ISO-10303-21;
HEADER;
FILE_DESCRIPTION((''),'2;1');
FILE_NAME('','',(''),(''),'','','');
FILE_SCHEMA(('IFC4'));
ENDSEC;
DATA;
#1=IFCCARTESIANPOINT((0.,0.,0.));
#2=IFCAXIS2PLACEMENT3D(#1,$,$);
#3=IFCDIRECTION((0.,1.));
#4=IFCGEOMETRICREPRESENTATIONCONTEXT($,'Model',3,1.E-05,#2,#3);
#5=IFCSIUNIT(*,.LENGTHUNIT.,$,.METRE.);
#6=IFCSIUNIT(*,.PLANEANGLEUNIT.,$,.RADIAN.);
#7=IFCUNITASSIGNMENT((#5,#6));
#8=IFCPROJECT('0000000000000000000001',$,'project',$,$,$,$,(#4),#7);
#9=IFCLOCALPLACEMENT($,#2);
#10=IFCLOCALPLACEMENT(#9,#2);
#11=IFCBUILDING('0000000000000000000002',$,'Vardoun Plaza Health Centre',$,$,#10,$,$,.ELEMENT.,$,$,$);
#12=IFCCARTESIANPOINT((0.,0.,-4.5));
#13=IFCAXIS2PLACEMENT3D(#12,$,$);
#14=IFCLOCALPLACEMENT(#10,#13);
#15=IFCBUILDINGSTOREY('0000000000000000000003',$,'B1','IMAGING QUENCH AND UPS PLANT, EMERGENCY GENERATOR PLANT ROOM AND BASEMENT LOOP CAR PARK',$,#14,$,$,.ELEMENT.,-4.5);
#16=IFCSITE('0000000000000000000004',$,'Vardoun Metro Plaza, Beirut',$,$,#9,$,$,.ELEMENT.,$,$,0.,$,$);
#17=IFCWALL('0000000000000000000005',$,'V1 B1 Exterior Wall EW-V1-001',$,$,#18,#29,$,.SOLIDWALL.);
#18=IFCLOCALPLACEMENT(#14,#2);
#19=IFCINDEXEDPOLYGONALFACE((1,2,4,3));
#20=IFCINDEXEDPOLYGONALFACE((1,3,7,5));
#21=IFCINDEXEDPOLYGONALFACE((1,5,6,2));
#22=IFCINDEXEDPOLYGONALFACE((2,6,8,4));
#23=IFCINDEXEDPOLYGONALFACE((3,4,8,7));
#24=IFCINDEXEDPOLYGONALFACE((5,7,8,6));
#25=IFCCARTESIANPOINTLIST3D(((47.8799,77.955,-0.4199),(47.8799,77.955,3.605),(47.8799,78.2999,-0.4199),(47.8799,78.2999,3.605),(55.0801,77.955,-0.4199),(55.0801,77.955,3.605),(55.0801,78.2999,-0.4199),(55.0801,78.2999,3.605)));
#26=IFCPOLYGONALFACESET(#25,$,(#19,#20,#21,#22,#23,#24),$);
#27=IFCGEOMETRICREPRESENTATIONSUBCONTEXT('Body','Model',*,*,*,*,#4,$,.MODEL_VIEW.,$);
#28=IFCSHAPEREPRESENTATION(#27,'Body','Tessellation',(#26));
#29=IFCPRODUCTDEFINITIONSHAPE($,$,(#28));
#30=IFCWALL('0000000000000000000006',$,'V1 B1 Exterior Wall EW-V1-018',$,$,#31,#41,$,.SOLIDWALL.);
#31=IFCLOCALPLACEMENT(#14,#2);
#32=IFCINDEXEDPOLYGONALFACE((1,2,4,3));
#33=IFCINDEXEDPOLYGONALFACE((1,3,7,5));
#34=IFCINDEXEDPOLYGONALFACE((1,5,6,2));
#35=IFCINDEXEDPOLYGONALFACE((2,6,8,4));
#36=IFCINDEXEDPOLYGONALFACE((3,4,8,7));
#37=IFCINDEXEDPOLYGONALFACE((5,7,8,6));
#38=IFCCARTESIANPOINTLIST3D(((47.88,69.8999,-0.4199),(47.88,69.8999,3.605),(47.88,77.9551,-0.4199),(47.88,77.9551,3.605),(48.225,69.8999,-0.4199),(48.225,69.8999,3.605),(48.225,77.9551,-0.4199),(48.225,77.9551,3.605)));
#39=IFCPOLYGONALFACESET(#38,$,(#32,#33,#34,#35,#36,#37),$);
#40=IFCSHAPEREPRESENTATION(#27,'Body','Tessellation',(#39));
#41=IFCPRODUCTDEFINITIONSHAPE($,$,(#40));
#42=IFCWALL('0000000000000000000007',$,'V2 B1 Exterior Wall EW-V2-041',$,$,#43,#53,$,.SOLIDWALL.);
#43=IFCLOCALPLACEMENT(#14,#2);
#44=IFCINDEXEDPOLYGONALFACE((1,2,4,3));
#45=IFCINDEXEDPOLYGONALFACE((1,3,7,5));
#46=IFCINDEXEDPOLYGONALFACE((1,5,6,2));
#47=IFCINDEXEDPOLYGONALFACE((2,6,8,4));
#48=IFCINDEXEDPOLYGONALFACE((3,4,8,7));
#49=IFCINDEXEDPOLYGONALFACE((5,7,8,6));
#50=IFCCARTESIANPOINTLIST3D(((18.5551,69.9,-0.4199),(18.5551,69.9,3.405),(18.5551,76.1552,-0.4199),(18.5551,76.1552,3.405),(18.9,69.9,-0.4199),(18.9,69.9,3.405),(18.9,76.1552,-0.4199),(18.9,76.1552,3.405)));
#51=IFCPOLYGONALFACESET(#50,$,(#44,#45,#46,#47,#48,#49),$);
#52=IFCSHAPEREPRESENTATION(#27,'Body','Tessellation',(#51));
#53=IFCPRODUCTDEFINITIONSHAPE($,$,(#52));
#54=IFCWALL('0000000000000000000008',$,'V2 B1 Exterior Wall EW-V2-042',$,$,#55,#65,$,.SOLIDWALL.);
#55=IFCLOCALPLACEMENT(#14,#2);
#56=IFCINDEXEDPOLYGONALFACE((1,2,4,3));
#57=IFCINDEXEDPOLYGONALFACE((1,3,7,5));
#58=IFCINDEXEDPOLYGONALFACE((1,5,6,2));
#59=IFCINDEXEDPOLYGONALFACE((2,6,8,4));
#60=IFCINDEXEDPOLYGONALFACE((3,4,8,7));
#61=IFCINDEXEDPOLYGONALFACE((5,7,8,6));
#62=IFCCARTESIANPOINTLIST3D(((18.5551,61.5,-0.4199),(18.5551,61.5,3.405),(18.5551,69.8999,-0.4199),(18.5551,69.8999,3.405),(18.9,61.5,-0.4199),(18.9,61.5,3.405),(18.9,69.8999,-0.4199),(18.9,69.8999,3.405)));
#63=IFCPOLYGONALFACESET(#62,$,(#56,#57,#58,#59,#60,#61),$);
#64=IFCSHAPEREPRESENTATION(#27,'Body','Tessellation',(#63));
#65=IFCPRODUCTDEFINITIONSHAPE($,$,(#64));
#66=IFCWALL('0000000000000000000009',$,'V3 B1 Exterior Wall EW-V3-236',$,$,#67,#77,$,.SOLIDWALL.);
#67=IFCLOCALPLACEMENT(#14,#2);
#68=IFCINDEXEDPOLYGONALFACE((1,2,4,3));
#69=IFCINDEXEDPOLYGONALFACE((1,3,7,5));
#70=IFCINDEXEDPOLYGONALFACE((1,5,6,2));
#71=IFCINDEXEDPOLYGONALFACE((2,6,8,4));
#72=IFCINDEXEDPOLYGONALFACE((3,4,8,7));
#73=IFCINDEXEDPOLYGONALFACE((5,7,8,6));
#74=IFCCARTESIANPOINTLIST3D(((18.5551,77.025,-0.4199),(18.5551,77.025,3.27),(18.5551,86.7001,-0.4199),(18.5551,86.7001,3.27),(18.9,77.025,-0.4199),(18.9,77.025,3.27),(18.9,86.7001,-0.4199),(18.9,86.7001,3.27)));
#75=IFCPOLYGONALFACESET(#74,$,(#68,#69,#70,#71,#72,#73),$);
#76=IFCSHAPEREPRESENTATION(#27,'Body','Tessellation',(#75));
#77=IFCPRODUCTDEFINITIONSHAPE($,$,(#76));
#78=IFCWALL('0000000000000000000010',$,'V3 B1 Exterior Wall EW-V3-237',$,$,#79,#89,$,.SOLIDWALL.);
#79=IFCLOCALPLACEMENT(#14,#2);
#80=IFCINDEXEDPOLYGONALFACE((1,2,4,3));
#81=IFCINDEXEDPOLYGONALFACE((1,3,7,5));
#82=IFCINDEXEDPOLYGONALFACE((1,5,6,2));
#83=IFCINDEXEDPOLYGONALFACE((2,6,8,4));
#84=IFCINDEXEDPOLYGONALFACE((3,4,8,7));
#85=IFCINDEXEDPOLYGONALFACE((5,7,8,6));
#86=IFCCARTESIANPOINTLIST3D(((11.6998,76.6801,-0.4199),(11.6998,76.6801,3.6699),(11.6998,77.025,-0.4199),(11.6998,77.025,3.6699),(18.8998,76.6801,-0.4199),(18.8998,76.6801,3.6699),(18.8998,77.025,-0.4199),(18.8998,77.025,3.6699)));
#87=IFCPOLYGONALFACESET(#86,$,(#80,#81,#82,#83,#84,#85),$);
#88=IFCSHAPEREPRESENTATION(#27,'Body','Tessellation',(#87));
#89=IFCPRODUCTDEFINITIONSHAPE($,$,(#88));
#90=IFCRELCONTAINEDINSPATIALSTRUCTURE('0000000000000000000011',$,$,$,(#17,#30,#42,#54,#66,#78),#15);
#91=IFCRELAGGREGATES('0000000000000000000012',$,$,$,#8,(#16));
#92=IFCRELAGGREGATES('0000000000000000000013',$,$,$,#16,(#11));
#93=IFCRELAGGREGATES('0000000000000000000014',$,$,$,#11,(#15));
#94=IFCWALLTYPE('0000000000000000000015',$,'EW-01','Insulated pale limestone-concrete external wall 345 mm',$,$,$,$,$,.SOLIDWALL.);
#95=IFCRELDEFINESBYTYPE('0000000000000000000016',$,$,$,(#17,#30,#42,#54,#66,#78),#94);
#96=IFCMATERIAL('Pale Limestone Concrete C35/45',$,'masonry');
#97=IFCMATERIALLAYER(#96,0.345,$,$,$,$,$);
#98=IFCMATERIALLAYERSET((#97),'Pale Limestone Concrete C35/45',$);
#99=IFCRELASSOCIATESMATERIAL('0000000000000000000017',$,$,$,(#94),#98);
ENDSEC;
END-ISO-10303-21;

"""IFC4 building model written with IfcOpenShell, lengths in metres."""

from ifc_helpers import new_model, si_unit, direction, frame, frame_2d, origin, place, context, subcontext, project, spatial, rectangle, extrude, material, layer, layer_set, type_object, element, save


model = new_model("IFC4")

# Units and contexts
model_context = context("Model", 3, precision=1e-05, world=origin(), true_north=direction((0.0, 1.0)))
body_context = subcontext(model_context, "Body", "Model", "MODEL_VIEW")
ifc_project = project(units=[si_unit("LENGTHUNIT", "METRE"), si_unit("PLANEANGLEUNIT", "RADIAN")], contexts=[model_context])

# Site, building, storey
site_placement = place(None, origin())
site = spatial("IfcSite", under=ifc_project, at=site_placement, Name="Vardoun Metro Plaza, Beirut", CompositionType="ELEMENT", RefElevation=0.0)
building_placement = place(site_placement, origin())
building = spatial("IfcBuilding", under=site, at=building_placement, Name="Vardoun Plaza Health Centre", CompositionType="ELEMENT")
storey_placement = place(building_placement, frame((0.0, 0.0, -4.5)))
storey = spatial("IfcBuildingStorey", under=building, at=storey_placement, Name="B1", Description="IMAGING QUENCH AND UPS PLANT, EMERGENCY GENERATOR PLANT ROOM AND BASEMENT LOOP CAR PARK", CompositionType="ELEMENT", Elevation=-4.5)

# Walls
ifc_material_1 = material(Name="Pale Limestone Concrete C35/45", Category="masonry")
ifc_layer = layer(ifc_material_1, 0.345)
ifc_layer_set = layer_set([ifc_layer], Name="Pale Limestone Concrete C35/45")
wall_type = type_object("IfcWallType", Name="EW-01", Description="Insulated pale limestone-concrete external wall 345 mm", PredefinedType="SOLIDWALL", material=ifc_layer_set)
wall_1_placement = place(storey_placement, frame((47.8799, 78.1274, -0.4199), z_axis=(0.0, 0.0, 1.0), x_axis=(1.0, 0.0, 0.0)))
element("IfcWall", 1, at=wall_1_placement, inside=storey, type_object=wall_type, Name="V1 B1 Exterior Wall EW-V1-001", PredefinedType="SOLIDWALL", context=body_context, shape_type="SweptSolid", body=[
    extrude(rectangle(XDim=7.2002, YDim=0.345, at=frame_2d((3.6001, 0.0))), origin(), (0.0, 0.0, 1.0), 4.0249),
])
wall_2_placement = place(storey_placement, frame((48.0525, 69.8999, -0.4199), z_axis=(0.0, 0.0, 1.0), x_axis=(0.0, 1.0, 0.0)))
element("IfcWall", 2, at=wall_2_placement, inside=storey, type_object=wall_type, Name="V1 B1 Exterior Wall EW-V1-018", PredefinedType="SOLIDWALL", context=body_context, shape_type="SweptSolid", body=[
    extrude(rectangle(XDim=8.0552, YDim=0.345, at=frame_2d((4.0276, 0.0))), origin(), (0.0, 0.0, 1.0), 4.0249),
])
wall_3_placement = place(storey_placement, frame((18.7275, 76.155, -0.4199), z_axis=(0.0, 0.0, 1.0), x_axis=(0.0, -1.0, 0.0)))
element("IfcWall", 3, at=wall_3_placement, inside=storey, type_object=wall_type, Name="V2 B1 Exterior Wall EW-V2-041", PredefinedType="SOLIDWALL", context=body_context, shape_type="SweptSolid", body=[
    extrude(rectangle(XDim=6.2551, YDim=0.345, at=frame_2d((3.1274, 0.0))), origin(), (0.0, 0.0, 1.0), 3.825),
])
wall_4_placement = place(storey_placement, frame((18.7275, 69.8999, -0.4199), z_axis=(0.0, 0.0, 1.0), x_axis=(0.0, -1.0, 0.0)))
element("IfcWall", 4, at=wall_4_placement, inside=storey, type_object=wall_type, Name="V2 B1 Exterior Wall EW-V2-042", PredefinedType="SOLIDWALL", context=body_context, shape_type="SweptSolid", body=[
    extrude(rectangle(XDim=8.3999, YDim=0.345, at=frame_2d((4.2, 0.0))), origin(), (0.0, 0.0, 1.0), 3.825),
])
wall_5_placement = place(storey_placement, frame((18.7275, 86.7, -0.4199), z_axis=(0.0, 0.0, 1.0), x_axis=(0.0, -1.0, 0.0)))
element("IfcWall", 5, at=wall_5_placement, inside=storey, type_object=wall_type, Name="V3 B1 Exterior Wall EW-V3-236", PredefinedType="SOLIDWALL", context=body_context, shape_type="SweptSolid", body=[
    extrude(rectangle(XDim=9.675, YDim=0.345, at=frame_2d((4.8374, 0.0))), origin(), (0.0, 0.0, 1.0), 3.6899),
])
wall_6_placement = place(storey_placement, frame((18.8999, 76.8525, -0.4199), z_axis=(0.0, 0.0, 1.0), x_axis=(-1.0, 0.0, 0.0)))
element("IfcWall", 6, at=wall_6_placement, inside=storey, type_object=wall_type, Name="V3 B1 Exterior Wall EW-V3-237", PredefinedType="SOLIDWALL", context=body_context, shape_type="SweptSolid", body=[
    extrude(rectangle(XDim=7.2, YDim=0.345, at=frame_2d((3.6001, 0.0))), origin(), (0.0, 0.0, 1.0), 4.0898),
])

save(model, "model.ifc")
